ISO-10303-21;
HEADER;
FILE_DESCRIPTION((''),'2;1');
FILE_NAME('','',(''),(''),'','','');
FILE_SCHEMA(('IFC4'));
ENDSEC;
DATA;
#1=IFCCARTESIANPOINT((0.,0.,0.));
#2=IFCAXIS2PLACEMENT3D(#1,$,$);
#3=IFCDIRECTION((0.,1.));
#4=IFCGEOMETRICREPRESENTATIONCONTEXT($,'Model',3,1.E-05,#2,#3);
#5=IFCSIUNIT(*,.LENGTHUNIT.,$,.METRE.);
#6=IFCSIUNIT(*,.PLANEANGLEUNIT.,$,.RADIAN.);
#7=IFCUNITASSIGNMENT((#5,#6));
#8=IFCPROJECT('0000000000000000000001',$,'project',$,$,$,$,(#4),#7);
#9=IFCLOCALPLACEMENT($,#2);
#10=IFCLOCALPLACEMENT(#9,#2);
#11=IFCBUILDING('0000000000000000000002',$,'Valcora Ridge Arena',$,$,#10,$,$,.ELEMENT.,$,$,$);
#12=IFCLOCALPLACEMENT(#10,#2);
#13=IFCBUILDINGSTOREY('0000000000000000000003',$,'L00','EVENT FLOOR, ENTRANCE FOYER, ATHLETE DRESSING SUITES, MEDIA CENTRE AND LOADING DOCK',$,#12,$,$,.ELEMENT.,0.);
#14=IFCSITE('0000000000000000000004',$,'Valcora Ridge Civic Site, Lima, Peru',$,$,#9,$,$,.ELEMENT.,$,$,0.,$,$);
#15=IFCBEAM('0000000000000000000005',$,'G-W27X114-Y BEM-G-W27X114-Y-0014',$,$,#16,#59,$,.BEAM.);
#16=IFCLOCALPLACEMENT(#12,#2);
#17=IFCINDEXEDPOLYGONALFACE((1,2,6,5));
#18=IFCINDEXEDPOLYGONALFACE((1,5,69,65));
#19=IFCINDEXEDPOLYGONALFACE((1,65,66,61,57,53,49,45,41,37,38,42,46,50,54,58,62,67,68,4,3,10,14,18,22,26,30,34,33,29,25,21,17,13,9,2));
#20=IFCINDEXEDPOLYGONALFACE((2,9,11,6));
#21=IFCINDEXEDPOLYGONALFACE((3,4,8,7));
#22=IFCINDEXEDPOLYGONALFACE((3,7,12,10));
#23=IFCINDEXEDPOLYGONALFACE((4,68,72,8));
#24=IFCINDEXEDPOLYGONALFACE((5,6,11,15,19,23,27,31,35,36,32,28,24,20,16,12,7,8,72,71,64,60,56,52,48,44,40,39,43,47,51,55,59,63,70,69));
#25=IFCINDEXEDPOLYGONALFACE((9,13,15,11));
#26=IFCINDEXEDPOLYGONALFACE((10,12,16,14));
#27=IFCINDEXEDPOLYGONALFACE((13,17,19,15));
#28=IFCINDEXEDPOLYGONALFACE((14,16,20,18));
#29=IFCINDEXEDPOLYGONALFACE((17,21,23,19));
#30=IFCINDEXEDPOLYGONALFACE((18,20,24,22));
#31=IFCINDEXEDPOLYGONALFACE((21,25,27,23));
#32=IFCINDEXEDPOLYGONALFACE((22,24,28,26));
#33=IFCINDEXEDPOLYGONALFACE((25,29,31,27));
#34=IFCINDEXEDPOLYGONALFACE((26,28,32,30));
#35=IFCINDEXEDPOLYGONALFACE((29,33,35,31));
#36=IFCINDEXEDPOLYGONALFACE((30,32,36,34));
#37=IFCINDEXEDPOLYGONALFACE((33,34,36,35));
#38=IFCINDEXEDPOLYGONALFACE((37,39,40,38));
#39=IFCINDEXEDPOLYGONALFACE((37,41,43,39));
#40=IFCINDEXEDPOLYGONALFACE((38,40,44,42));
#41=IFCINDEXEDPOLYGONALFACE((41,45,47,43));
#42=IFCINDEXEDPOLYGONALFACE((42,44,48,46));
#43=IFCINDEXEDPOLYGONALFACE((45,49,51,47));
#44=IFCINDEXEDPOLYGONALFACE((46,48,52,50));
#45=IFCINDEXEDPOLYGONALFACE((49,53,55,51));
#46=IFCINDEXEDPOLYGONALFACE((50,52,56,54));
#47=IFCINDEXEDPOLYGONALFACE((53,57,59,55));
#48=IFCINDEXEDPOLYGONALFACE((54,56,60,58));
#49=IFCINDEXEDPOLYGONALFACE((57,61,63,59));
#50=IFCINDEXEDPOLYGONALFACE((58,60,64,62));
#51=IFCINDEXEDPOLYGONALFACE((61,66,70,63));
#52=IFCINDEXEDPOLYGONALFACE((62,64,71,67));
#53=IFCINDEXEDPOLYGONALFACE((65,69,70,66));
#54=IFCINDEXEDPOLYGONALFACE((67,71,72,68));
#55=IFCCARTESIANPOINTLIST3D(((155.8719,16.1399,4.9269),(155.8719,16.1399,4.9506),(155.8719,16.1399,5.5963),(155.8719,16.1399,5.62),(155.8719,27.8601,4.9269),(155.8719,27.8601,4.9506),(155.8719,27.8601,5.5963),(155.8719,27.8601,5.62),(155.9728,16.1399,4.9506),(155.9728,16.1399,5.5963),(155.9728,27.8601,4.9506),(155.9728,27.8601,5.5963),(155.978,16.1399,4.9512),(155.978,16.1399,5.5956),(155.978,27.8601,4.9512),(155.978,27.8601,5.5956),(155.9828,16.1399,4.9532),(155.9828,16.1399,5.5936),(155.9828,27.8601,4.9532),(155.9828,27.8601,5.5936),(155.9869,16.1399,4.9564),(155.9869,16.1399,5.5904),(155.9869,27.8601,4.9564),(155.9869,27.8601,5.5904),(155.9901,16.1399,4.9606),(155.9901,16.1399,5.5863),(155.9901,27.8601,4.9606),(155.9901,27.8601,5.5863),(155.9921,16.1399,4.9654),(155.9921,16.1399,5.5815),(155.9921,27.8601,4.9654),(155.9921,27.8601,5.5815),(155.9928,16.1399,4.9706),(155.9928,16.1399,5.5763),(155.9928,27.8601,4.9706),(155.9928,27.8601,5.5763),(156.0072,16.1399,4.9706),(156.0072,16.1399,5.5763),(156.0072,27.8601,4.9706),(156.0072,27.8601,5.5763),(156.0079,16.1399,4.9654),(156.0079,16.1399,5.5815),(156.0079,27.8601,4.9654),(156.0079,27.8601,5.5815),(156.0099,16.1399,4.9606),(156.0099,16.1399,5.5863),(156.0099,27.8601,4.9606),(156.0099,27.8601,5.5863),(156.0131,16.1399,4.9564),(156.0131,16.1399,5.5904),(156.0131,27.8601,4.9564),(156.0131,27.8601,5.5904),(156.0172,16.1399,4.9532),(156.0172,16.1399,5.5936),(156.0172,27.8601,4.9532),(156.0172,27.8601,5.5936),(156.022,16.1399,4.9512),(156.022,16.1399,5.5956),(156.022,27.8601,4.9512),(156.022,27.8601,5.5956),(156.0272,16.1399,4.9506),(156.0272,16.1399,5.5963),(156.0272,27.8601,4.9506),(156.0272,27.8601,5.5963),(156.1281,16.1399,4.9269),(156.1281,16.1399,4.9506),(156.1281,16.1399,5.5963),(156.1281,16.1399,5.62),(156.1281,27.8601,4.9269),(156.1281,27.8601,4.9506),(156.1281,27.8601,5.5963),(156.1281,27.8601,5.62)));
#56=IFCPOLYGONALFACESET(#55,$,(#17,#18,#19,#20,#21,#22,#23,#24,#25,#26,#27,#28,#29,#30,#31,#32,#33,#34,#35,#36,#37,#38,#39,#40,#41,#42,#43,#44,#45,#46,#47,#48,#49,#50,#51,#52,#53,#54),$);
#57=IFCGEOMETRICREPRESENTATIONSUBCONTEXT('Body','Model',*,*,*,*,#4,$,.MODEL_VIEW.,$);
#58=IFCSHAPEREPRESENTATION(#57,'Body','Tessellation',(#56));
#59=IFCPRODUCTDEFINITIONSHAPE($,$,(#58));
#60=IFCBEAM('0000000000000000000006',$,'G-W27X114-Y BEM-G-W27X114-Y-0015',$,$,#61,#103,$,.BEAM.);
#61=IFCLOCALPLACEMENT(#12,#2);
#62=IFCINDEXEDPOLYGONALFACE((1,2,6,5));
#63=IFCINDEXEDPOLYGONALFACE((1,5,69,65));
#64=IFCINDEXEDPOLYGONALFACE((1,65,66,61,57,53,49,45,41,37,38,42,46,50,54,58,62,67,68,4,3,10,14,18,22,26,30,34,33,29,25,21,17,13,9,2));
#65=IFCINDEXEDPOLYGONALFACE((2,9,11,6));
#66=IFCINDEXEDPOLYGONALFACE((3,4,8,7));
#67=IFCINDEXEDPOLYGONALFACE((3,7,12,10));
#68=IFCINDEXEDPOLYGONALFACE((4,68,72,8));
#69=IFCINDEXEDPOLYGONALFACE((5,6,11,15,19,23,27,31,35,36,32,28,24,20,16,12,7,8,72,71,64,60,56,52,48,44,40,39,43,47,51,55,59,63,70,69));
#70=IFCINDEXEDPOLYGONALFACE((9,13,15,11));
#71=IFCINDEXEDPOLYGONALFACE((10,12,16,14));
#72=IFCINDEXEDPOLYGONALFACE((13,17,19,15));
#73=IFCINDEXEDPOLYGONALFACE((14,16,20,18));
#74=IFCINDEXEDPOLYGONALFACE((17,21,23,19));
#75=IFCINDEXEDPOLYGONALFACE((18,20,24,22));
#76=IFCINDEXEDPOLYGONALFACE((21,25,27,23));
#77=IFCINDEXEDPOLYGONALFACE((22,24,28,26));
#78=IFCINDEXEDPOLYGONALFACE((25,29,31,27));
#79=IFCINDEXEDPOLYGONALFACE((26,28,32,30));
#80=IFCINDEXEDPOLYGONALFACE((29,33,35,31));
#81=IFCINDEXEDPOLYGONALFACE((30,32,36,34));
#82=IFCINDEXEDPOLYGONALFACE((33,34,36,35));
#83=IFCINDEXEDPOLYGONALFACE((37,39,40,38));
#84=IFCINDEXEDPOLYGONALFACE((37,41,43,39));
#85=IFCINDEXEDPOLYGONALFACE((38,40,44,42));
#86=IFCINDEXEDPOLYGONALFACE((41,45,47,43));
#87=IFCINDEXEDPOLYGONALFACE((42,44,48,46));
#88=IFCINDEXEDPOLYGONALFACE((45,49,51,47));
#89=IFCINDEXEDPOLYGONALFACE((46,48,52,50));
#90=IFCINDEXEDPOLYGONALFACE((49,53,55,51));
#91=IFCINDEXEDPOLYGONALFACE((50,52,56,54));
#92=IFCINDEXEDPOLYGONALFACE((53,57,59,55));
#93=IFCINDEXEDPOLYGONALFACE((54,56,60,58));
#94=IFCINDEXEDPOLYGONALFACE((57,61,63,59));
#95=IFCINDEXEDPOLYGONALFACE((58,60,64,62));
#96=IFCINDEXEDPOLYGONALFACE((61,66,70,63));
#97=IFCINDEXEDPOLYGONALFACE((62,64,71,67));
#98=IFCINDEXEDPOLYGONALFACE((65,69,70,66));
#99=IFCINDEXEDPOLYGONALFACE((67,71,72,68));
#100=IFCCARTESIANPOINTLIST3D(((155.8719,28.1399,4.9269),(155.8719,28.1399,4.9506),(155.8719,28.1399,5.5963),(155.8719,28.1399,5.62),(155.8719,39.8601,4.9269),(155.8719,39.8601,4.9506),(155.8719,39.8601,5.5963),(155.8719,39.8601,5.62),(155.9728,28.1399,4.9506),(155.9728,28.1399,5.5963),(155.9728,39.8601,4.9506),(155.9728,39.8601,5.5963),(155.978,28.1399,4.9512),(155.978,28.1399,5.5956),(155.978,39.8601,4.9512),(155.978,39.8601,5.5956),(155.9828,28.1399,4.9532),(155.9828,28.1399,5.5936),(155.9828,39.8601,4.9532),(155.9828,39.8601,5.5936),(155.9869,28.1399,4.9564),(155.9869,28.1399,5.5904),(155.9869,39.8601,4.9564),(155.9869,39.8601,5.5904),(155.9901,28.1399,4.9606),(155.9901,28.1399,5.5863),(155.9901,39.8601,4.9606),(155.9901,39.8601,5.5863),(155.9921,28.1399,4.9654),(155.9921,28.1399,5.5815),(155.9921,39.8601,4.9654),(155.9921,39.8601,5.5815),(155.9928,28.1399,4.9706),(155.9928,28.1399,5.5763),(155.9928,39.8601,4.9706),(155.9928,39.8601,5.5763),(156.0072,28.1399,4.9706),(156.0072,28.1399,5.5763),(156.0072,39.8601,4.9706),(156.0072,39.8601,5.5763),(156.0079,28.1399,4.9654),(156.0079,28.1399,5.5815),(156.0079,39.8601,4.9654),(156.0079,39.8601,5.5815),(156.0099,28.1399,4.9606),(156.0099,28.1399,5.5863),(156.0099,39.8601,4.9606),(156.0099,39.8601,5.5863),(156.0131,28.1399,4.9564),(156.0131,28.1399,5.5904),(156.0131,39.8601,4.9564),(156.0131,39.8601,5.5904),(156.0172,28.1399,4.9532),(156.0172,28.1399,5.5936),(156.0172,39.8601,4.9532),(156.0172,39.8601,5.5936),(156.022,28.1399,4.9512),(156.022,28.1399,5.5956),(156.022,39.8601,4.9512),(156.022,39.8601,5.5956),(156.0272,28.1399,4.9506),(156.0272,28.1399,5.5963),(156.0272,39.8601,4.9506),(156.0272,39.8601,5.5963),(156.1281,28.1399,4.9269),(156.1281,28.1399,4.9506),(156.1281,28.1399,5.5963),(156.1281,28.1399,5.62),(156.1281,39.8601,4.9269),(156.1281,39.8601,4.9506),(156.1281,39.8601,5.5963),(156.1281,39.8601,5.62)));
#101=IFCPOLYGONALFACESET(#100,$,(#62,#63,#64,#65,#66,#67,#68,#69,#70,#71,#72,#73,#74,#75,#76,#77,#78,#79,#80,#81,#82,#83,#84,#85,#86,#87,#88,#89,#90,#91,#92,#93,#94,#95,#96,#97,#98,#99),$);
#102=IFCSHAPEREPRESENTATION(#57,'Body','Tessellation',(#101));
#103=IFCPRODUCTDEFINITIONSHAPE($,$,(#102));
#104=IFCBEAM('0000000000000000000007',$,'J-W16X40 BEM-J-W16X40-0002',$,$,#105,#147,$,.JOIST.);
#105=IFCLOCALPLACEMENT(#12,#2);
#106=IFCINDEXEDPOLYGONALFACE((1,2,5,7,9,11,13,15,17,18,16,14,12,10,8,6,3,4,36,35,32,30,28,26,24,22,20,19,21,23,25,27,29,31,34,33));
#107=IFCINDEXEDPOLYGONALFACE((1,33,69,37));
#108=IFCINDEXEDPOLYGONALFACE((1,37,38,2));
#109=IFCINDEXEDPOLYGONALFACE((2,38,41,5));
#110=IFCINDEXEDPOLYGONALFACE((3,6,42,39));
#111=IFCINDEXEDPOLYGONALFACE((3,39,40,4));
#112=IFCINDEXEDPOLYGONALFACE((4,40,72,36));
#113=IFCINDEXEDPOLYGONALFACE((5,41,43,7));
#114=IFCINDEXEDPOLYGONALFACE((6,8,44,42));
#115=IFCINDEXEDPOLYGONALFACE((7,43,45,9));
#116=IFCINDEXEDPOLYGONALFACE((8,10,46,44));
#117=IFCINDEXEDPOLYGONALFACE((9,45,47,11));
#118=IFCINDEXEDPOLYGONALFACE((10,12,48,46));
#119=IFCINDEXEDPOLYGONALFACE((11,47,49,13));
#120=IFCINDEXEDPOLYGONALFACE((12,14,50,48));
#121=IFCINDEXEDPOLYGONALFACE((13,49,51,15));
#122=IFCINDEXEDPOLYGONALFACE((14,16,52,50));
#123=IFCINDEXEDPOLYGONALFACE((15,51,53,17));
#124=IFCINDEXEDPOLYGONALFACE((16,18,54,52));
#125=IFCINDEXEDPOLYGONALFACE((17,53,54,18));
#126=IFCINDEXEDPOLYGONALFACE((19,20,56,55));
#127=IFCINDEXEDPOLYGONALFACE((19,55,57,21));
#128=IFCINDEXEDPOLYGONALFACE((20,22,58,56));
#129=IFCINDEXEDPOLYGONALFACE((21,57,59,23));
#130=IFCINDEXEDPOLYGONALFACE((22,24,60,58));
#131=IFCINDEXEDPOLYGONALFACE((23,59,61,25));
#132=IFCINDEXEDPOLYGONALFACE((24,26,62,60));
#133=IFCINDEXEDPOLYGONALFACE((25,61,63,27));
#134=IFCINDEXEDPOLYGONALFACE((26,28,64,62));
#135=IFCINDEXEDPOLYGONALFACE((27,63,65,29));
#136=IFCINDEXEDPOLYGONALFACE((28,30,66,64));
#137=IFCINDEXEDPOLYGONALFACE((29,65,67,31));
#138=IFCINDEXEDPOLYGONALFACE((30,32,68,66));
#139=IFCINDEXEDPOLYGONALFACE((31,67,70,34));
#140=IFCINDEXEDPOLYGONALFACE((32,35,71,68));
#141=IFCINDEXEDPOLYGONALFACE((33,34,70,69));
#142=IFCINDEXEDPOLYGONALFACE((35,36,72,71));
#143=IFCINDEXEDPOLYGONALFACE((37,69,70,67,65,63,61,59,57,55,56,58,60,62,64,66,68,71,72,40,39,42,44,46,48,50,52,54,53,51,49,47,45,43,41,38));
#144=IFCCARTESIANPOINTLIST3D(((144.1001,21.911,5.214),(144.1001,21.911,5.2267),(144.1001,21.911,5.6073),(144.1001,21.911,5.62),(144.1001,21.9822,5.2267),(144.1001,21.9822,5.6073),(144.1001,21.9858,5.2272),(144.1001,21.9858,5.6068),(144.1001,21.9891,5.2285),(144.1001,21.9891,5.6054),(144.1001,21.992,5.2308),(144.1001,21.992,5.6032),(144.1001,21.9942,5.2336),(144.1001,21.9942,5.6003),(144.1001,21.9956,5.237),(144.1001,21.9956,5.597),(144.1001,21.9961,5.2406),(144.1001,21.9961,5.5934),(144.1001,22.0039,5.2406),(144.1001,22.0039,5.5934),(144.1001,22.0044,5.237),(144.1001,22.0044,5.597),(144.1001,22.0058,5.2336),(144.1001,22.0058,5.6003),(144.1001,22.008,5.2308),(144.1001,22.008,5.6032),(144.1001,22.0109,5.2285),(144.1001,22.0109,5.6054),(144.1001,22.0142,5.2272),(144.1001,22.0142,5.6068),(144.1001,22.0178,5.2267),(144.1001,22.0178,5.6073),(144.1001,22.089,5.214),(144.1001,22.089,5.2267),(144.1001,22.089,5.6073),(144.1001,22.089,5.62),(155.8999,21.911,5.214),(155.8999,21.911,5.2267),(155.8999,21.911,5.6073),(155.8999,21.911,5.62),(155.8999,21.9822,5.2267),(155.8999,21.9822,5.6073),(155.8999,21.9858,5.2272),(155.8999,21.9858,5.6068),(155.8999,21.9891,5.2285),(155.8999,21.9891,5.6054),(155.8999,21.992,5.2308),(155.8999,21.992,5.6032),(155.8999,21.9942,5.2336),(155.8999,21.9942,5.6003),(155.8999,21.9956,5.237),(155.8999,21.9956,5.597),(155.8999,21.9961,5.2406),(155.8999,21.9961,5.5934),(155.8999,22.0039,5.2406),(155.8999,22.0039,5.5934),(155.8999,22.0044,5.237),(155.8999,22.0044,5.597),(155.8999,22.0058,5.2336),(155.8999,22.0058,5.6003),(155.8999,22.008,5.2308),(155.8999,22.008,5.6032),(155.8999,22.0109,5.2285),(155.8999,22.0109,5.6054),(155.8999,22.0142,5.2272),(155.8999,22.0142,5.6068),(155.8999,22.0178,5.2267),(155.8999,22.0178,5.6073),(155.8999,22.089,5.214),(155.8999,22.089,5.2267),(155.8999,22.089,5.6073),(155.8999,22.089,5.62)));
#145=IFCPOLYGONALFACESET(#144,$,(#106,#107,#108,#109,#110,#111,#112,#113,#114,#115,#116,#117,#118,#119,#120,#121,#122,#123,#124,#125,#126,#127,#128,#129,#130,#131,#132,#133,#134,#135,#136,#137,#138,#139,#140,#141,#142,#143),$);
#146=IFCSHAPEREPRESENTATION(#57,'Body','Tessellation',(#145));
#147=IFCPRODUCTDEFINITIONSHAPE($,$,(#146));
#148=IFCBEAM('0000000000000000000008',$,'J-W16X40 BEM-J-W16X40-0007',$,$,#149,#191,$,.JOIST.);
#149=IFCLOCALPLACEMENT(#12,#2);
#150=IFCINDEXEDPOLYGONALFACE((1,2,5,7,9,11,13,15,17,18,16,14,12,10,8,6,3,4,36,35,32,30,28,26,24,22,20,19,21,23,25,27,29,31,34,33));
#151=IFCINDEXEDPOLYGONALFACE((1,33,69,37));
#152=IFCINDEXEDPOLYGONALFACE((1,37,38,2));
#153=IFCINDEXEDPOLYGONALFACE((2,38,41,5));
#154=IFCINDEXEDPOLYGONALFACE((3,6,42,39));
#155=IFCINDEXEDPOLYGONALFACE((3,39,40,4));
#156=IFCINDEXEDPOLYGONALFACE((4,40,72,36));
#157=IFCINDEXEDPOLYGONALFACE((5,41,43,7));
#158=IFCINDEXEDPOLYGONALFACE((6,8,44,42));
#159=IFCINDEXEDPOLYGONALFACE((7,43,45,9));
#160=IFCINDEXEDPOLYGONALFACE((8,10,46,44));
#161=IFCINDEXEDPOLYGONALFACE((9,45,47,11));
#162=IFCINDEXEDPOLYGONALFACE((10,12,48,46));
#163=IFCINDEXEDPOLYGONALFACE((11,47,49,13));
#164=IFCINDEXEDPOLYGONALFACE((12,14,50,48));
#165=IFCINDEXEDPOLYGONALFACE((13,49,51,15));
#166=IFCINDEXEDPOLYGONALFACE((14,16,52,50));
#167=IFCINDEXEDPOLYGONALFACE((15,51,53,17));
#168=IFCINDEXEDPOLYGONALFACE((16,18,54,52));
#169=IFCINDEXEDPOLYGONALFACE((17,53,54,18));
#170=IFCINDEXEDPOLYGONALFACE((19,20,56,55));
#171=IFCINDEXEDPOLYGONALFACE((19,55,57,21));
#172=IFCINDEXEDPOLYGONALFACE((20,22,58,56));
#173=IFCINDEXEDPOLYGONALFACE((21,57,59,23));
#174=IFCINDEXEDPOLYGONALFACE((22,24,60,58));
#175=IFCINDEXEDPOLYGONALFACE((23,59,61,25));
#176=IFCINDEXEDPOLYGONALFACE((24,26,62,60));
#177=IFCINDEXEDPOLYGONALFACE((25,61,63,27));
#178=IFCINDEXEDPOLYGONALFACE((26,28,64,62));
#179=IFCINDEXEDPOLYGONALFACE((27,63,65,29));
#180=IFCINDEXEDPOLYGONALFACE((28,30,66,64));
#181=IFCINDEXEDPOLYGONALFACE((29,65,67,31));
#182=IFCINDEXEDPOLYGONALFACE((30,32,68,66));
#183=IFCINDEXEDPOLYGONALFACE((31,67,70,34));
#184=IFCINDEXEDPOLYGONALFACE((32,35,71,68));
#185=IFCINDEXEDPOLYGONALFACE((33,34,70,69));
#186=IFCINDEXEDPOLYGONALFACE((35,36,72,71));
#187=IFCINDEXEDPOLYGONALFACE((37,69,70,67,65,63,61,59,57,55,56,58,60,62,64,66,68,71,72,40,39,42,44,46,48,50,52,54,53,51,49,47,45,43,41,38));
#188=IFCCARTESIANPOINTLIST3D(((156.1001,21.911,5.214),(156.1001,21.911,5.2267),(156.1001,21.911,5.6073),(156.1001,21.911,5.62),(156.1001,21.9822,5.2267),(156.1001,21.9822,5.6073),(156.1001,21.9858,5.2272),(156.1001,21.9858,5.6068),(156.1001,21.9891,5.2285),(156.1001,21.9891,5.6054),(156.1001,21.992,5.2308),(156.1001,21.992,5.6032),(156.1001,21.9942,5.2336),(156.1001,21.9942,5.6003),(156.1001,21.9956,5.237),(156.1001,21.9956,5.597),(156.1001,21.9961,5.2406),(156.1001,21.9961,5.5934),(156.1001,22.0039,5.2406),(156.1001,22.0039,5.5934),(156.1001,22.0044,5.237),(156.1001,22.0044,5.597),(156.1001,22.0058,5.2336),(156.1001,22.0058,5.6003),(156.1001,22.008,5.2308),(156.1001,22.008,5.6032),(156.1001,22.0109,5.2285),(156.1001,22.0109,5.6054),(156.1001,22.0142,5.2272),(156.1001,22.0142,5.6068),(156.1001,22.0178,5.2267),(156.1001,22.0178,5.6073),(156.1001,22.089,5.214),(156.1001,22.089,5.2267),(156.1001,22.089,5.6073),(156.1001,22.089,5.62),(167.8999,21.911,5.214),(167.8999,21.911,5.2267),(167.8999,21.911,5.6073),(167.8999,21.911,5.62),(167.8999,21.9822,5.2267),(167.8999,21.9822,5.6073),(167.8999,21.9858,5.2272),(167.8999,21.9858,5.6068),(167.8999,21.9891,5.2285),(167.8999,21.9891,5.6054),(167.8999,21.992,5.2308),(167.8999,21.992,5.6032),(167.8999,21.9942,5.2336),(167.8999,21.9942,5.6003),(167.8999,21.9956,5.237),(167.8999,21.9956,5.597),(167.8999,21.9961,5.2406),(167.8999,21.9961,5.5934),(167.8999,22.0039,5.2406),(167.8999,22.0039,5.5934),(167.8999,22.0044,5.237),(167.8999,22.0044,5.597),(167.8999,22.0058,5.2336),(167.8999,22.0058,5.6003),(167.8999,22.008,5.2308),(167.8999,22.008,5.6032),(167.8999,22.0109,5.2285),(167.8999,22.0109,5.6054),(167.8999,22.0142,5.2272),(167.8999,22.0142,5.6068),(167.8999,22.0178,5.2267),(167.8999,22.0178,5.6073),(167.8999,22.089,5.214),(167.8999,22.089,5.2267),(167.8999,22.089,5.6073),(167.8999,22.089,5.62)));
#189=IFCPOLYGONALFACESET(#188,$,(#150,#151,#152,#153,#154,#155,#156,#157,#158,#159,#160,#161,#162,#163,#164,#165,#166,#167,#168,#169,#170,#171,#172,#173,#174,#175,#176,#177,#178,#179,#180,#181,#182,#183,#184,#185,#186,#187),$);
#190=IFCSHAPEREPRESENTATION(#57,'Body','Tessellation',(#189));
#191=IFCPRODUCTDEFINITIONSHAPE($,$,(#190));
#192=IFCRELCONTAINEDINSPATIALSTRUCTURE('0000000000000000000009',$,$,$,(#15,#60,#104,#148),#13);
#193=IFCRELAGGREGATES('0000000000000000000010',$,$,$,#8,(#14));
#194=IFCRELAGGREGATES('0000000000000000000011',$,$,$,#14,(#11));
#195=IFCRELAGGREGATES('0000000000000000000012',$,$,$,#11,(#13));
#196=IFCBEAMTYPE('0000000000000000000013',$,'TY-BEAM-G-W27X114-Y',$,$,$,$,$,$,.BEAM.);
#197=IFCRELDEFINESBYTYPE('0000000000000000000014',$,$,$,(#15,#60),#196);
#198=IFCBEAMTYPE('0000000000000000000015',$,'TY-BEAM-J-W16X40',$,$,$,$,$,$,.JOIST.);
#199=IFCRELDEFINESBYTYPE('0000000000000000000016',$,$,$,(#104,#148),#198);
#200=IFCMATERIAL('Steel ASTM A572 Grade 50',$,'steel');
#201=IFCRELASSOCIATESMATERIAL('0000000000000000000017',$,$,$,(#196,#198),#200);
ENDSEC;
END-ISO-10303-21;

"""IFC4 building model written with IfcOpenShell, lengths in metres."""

from ifc_helpers import new_model, si_unit, direction, frame, origin, origin_2d, place, context, subcontext, project, spatial, i_section, extrude, material, material_profile, profile_set, type_object, element, save


model = new_model("IFC4")

# Units and contexts
model_context = context("Model", 3, precision=1e-05, world=origin(), true_north=direction((0.0, 1.0)))
body_context = subcontext(model_context, "Body", "Model", "MODEL_VIEW")
ifc_project = project(units=[si_unit("LENGTHUNIT", "METRE"), si_unit("PLANEANGLEUNIT", "RADIAN")], contexts=[model_context])

# Site, building, storey
site_placement = place(None, origin())
site = spatial("IfcSite", under=ifc_project, at=site_placement, Name="Valcora Ridge Civic Site, Lima, Peru", CompositionType="ELEMENT", RefElevation=0.0)
building_placement = place(site_placement, origin())
building = spatial("IfcBuilding", under=site, at=building_placement, Name="Valcora Ridge Arena", CompositionType="ELEMENT")
storey_placement = place(building_placement, origin())
storey = spatial("IfcBuildingStorey", under=building, at=storey_placement, Name="L00", Description="EVENT FLOOR, ENTRANCE FOYER, ATHLETE DRESSING SUITES, MEDIA CENTRE AND LOADING DOCK", CompositionType="ELEMENT", Elevation=0.0)

# Shared definitions
ifc_material_1 = material(Name="Steel ASTM A572 Grade 50", Category="steel")

# Beams
ifc_material_profile_1 = material_profile(ifc_material_1, i_section(OverallWidth=0.2561, OverallDepth=0.6931, WebThickness=0.0144, FlangeThickness=0.0237, FilletRadius=0.02, at=origin_2d()), Name="W27X114")
ifc_profile_set_1 = profile_set([ifc_material_profile_1], Name="Steel ASTM A572 Grade 50")
beam_type_1 = type_object("IfcBeamType", Name="TY-BEAM-G-W27X114-Y", PredefinedType="BEAM", material=ifc_profile_set_1)
for number, where, z_axis, x_axis, name in (
    (1, (156.0, 16.1399, 5.2734), (0.0, 1.0, 0.0), (-1.0, 0.0, 0.0), "G-W27X114-Y BEM-G-W27X114-Y-0014"),
    (2, (156.0, 28.1399, 5.2734), (0.0, 1.0, 0.0), (-1.0, 0.0, 0.0), "G-W27X114-Y BEM-G-W27X114-Y-0015"),
):
    element("IfcBeam", number, at=place(storey_placement, frame(where, z_axis=z_axis, x_axis=x_axis)), inside=storey, type_object=beam_type_1, Name=name, PredefinedType="BEAM", context=body_context, shape_type="SweptSolid", body=[
        extrude(i_section(OverallWidth=0.2561, OverallDepth=0.6931, WebThickness=0.0144, FlangeThickness=0.0237, FilletRadius=0.02, at=origin_2d()), origin(), (0.0, 0.0, 1.0), 11.7202),
    ])
ifc_material_profile_2 = material_profile(ifc_material_1, i_section(OverallWidth=0.178, OverallDepth=0.406, WebThickness=0.0078, FlangeThickness=0.0127, FilletRadius=0.0139, at=origin_2d()), Name="W16X40")
ifc_profile_set_2 = profile_set([ifc_material_profile_2], Name="Steel ASTM A572 Grade 50")
beam_type_2 = type_object("IfcBeamType", Name="TY-BEAM-J-W16X40", PredefinedType="JOIST", material=ifc_profile_set_2)
for number, where, z_axis, x_axis, name in (
    (3, (144.1001, 22.0, 5.417), (1.0, 0.0, 0.0), (0.0, 1.0, 0.0), "J-W16X40 BEM-J-W16X40-0002"),
    (4, (156.1001, 22.0, 5.417), (1.0, 0.0, 0.0), (0.0, 1.0, 0.0), "J-W16X40 BEM-J-W16X40-0007"),
):
    element("IfcBeam", number, at=place(storey_placement, frame(where, z_axis=z_axis, x_axis=x_axis)), inside=storey, type_object=beam_type_2, Name=name, PredefinedType="JOIST", context=body_context, shape_type="SweptSolid", body=[
        extrude(i_section(OverallWidth=0.178, OverallDepth=0.406, WebThickness=0.0078, FlangeThickness=0.0127, FilletRadius=0.0139, at=origin_2d()), origin(), (0.0, 0.0, 1.0), 11.7998),
    ])

save(model, "model.ifc")
